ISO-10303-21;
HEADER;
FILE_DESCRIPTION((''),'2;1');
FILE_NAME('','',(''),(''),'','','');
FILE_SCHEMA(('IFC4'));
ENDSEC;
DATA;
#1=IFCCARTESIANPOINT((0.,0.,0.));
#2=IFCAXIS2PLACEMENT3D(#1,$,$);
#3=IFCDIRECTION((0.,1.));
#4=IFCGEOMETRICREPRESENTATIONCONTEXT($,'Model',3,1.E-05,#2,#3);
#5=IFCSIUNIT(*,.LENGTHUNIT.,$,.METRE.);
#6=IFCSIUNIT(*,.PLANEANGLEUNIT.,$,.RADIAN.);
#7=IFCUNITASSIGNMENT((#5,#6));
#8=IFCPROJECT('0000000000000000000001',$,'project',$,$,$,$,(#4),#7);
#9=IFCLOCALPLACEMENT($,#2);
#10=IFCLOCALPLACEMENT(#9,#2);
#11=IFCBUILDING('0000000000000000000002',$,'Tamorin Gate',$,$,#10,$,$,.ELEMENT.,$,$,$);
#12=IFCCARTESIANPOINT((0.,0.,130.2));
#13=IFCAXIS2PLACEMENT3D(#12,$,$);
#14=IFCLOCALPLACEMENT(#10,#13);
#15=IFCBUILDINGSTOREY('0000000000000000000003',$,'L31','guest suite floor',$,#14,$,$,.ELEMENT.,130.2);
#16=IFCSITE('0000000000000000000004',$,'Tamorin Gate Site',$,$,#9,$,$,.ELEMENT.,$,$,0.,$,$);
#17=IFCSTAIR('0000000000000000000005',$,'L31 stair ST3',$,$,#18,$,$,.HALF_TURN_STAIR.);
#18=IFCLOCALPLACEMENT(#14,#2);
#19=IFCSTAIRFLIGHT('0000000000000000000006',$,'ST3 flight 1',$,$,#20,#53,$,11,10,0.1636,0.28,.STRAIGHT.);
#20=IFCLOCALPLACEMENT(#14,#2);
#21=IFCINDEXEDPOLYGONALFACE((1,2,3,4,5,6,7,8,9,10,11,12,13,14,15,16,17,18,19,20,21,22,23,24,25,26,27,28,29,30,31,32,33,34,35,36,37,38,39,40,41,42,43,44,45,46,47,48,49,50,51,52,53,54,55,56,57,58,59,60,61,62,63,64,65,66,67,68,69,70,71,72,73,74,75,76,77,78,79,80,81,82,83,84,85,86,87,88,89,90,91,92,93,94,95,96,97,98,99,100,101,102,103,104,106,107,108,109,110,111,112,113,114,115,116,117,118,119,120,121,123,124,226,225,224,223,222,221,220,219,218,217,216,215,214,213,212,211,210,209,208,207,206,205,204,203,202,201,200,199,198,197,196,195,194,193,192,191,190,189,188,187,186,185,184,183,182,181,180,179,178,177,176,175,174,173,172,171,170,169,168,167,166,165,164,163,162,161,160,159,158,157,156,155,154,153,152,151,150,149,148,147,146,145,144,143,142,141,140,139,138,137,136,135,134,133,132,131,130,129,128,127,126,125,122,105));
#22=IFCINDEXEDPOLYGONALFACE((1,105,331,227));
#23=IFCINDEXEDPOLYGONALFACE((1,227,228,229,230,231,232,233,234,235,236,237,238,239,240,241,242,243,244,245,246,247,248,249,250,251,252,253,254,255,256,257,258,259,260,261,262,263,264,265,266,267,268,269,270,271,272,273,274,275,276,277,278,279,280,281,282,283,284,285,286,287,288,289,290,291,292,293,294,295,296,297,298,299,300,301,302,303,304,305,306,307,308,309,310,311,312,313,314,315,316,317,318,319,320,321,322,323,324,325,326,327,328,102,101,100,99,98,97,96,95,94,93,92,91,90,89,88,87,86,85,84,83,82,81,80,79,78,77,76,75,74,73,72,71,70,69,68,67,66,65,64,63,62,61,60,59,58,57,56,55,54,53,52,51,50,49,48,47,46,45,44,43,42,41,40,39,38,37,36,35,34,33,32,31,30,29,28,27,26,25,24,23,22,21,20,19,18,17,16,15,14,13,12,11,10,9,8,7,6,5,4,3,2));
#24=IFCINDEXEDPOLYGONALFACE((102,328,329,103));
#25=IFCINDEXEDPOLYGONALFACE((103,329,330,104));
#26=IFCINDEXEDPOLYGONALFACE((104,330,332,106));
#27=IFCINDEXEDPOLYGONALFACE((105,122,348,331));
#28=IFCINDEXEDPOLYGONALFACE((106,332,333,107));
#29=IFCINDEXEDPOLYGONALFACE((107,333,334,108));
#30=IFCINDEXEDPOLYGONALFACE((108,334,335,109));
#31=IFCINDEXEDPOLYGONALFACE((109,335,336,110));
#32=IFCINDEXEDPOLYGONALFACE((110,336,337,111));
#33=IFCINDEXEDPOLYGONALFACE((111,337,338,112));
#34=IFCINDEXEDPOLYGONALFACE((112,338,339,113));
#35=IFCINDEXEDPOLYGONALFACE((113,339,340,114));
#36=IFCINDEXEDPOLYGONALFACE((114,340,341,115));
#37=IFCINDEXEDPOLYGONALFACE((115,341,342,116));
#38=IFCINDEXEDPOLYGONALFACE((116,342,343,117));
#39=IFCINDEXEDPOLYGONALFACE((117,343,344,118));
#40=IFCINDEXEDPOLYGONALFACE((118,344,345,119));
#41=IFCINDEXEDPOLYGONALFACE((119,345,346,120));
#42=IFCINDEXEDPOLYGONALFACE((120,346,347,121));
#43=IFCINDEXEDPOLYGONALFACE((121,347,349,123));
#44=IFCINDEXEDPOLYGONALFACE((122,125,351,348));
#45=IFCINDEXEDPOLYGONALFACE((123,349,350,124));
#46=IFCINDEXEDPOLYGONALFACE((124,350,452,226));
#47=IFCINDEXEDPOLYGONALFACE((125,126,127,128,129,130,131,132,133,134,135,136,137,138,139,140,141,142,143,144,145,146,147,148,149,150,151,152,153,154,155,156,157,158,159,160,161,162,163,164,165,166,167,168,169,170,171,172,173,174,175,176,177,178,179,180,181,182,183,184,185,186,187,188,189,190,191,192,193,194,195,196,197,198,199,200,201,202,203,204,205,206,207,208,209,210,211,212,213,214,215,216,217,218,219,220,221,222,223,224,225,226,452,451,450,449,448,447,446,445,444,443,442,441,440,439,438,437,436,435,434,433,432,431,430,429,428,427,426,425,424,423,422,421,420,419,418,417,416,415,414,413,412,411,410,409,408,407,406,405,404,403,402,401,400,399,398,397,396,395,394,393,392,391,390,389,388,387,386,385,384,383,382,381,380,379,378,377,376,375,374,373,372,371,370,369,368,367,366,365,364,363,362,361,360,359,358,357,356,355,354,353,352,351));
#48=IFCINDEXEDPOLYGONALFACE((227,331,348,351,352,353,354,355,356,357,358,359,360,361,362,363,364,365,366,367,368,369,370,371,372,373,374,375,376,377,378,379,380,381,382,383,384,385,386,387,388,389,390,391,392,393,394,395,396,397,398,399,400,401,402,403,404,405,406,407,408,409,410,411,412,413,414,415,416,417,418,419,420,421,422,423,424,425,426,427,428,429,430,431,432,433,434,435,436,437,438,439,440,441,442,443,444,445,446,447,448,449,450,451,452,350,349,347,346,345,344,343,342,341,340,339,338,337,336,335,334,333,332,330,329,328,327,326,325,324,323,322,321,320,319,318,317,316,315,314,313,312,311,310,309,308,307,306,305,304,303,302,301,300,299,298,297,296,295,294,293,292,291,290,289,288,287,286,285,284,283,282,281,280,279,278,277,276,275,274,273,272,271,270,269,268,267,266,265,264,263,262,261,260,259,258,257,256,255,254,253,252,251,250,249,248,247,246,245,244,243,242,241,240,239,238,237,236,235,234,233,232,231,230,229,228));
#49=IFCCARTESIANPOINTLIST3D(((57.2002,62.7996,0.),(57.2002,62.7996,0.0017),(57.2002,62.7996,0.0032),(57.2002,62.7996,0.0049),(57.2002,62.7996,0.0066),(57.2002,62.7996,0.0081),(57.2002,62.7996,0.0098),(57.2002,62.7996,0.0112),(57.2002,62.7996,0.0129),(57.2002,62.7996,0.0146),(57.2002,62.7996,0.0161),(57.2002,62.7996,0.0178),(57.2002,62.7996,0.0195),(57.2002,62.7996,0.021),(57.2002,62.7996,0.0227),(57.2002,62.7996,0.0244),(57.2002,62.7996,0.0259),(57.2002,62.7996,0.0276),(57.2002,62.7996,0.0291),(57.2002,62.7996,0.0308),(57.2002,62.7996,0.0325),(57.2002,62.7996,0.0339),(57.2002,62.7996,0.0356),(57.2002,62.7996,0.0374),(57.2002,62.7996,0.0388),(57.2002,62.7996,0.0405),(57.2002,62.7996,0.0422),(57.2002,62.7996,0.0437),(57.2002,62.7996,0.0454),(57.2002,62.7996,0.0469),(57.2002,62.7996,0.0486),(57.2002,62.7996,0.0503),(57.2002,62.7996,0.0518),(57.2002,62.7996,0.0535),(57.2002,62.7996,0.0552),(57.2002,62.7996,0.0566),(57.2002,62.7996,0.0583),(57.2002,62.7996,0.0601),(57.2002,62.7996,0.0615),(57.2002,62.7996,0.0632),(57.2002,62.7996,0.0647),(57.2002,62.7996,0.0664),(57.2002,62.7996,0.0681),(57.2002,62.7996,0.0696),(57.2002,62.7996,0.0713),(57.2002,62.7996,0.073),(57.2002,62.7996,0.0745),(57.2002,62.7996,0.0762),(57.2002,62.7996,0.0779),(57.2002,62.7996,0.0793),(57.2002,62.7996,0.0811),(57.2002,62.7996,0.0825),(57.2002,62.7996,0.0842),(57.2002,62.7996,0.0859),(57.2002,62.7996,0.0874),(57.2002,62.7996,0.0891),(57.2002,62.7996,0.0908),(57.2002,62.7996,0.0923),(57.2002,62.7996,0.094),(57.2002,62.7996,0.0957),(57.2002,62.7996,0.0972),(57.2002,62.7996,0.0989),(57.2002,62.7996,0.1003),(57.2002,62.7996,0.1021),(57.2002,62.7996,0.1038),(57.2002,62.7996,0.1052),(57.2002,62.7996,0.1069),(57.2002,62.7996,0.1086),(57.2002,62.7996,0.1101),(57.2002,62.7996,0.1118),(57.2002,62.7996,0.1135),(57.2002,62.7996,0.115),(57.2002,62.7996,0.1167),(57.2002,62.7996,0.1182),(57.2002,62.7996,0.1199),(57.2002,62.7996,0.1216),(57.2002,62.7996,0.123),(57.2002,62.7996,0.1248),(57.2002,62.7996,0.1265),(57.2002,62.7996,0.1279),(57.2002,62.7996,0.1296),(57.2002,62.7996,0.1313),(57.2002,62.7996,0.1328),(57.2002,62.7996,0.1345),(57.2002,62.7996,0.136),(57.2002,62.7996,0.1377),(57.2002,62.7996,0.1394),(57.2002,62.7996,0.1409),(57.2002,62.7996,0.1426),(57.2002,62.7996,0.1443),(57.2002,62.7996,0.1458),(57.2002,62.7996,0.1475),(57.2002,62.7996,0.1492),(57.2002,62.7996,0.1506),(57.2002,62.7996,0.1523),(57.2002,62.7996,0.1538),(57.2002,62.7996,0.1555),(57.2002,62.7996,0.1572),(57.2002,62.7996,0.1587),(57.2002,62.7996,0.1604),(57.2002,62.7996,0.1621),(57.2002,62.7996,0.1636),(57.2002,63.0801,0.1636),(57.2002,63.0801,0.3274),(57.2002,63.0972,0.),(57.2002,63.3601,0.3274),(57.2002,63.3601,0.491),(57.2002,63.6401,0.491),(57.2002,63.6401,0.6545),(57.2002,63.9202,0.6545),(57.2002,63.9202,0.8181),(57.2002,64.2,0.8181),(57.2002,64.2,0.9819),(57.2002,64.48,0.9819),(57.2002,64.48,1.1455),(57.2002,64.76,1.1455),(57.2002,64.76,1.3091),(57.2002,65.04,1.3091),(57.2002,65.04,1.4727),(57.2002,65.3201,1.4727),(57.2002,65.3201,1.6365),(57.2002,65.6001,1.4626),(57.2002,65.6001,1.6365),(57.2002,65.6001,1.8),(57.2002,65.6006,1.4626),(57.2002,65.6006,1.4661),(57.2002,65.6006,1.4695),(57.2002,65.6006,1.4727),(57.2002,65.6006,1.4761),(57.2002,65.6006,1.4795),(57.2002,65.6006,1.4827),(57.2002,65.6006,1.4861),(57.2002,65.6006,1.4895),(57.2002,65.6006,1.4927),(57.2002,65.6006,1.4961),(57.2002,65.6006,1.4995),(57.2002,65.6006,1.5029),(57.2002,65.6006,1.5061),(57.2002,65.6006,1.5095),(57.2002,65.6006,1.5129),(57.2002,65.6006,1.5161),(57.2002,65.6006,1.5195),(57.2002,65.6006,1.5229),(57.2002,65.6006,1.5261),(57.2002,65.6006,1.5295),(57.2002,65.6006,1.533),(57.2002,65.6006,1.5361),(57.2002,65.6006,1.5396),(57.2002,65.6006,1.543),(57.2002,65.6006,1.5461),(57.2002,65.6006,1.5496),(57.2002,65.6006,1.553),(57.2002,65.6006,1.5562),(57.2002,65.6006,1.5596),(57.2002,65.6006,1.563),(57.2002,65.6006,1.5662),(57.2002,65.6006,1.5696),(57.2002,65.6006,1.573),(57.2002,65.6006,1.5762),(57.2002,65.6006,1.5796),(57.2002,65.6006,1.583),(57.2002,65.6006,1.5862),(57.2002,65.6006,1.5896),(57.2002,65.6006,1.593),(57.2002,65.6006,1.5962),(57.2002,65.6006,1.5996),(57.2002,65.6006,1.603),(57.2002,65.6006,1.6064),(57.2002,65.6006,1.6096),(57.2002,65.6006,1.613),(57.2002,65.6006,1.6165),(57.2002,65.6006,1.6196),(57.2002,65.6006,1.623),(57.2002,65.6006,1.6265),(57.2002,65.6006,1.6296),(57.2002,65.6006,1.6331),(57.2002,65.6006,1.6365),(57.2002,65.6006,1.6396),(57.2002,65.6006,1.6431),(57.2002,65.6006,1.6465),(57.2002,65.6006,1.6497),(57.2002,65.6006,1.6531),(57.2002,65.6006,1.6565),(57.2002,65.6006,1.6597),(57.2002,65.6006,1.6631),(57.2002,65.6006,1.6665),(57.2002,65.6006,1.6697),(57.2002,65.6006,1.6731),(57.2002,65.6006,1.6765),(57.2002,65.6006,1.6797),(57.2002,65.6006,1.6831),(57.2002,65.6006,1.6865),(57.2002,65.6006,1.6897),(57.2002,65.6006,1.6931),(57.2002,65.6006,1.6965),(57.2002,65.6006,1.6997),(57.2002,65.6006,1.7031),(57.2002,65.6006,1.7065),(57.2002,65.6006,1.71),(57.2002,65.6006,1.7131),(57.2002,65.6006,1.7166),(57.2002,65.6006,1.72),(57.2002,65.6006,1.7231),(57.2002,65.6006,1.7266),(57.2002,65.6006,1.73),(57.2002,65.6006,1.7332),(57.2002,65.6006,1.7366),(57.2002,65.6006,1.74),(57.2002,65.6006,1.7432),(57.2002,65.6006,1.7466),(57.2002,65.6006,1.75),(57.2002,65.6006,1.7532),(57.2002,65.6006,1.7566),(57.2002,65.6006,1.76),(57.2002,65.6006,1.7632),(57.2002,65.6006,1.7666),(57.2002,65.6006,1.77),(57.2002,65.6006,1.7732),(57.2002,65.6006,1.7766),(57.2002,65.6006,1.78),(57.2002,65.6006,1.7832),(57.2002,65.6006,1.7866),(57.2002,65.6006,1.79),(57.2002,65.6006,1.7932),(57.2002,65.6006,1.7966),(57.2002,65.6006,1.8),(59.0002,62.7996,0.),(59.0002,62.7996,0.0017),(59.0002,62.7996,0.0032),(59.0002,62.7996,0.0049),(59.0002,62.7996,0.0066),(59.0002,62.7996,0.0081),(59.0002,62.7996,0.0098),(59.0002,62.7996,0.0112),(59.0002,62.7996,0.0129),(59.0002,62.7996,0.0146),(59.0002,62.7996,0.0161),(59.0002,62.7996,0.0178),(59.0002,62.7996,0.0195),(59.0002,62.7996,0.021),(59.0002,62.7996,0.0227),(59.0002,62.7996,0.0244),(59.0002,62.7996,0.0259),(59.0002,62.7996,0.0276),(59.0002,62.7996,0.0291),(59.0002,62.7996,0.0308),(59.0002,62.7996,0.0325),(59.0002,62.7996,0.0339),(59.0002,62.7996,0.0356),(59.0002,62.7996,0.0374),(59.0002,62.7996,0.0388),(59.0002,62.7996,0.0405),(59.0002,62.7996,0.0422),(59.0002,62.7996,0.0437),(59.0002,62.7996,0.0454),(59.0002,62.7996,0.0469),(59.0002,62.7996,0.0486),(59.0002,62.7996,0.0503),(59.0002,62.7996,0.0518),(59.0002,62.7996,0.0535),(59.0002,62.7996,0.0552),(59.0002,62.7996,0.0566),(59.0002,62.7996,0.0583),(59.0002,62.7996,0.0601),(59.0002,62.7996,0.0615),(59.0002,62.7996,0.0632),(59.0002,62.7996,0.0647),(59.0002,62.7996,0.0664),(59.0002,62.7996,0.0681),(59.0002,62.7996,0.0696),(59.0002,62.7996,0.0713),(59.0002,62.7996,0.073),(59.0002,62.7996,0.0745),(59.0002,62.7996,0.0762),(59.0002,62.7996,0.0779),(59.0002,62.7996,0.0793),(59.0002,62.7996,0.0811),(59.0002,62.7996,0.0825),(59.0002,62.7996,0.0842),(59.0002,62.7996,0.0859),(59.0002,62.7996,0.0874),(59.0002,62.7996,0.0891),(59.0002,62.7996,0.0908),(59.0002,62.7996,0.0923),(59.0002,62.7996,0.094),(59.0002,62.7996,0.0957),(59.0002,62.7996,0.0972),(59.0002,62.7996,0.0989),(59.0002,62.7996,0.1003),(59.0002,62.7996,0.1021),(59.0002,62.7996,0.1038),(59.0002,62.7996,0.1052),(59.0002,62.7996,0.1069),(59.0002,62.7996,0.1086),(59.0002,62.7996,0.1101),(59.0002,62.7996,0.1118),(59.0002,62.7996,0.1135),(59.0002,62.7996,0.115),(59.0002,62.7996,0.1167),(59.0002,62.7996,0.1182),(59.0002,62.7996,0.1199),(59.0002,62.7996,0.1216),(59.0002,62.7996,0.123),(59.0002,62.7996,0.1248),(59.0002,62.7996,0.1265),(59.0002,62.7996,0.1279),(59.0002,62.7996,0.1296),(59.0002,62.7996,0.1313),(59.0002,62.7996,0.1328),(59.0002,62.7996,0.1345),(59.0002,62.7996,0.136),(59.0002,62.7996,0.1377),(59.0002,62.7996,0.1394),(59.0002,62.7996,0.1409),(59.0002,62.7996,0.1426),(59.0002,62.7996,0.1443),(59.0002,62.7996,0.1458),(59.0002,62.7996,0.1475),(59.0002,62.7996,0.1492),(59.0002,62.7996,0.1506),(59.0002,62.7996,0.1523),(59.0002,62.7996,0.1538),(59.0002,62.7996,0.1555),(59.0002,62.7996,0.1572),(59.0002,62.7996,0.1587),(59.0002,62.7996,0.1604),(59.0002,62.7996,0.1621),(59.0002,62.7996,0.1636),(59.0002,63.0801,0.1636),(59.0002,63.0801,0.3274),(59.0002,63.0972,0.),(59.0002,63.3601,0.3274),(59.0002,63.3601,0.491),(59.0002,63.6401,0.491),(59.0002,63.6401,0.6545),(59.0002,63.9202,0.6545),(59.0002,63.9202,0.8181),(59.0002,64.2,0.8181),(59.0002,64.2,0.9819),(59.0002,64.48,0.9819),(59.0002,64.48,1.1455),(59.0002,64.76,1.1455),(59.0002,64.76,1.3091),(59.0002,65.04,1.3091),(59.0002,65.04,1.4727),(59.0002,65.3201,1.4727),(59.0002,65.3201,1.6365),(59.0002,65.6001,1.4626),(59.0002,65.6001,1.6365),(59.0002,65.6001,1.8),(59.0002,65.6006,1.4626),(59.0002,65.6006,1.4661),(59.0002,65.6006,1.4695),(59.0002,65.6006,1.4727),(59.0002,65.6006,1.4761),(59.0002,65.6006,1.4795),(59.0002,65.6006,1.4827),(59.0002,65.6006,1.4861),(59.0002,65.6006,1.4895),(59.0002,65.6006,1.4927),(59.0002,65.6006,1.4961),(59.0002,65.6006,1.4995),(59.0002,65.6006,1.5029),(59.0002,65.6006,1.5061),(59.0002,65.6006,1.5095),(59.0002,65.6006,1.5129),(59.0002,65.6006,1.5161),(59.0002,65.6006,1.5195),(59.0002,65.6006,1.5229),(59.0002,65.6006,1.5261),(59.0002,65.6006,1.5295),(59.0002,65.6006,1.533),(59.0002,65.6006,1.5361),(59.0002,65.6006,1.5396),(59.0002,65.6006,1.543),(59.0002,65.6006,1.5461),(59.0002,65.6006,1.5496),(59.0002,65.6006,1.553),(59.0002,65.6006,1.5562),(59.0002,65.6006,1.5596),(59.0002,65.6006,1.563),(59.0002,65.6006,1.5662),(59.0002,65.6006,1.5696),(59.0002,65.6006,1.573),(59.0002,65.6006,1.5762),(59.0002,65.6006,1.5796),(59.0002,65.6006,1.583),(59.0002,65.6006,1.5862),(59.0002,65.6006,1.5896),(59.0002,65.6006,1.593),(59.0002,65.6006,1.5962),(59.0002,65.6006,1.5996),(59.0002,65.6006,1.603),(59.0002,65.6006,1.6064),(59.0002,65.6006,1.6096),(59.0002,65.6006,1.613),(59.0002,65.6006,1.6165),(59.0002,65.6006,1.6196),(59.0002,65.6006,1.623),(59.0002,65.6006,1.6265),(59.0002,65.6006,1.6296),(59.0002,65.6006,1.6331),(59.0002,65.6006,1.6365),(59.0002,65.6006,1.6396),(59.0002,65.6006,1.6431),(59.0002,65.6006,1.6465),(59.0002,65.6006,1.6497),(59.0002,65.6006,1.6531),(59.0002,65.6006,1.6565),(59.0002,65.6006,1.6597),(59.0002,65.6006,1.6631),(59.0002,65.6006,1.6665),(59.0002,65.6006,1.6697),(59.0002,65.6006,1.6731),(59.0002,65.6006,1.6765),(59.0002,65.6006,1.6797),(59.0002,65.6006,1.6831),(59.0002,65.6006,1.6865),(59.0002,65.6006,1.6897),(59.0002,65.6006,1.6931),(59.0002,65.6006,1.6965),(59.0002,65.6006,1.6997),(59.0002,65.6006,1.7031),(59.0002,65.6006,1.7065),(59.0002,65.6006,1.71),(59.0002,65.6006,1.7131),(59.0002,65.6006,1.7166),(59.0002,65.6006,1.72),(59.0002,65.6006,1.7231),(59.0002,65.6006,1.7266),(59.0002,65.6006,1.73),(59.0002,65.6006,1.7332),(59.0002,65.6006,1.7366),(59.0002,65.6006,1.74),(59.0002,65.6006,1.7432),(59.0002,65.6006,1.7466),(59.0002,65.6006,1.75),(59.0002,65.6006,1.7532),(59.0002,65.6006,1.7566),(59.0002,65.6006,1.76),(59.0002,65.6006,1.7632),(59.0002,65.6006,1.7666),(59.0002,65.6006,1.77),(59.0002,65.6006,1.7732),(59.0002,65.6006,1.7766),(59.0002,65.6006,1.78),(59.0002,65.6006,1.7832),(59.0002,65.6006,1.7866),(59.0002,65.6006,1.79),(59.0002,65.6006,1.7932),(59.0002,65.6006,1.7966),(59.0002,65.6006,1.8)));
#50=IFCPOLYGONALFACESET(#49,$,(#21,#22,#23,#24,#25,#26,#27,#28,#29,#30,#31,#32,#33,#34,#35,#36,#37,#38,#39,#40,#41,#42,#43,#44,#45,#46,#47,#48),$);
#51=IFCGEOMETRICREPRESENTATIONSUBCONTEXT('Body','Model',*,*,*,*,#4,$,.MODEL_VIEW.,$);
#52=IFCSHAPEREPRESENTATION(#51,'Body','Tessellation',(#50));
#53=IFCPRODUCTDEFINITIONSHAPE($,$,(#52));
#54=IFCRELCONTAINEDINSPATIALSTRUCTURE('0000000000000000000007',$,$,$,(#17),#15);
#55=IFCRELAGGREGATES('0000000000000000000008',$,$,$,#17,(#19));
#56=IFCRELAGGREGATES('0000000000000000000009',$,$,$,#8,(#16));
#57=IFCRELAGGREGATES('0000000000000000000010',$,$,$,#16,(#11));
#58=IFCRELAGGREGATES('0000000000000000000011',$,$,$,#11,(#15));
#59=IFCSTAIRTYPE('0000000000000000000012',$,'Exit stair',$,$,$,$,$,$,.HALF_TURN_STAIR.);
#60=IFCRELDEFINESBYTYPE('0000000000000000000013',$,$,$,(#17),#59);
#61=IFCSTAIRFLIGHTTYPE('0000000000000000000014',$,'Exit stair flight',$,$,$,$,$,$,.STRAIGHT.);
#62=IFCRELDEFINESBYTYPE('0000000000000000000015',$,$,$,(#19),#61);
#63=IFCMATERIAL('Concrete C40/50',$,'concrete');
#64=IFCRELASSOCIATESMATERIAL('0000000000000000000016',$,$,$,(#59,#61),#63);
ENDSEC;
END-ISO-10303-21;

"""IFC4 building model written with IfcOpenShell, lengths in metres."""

from ifc_helpers import new_model, si_unit, direction, frame, origin, place, context, subcontext, project, spatial, polyline, outline, extrude, material, type_object, element, aggregate, save


model = new_model("IFC4")

# Units and contexts
model_context = context("Model", 3, precision=1e-05, world=origin(), true_north=direction((0.0, 1.0)))
body_context = subcontext(model_context, "Body", "Model", "MODEL_VIEW")
ifc_project = project(units=[si_unit("LENGTHUNIT", "METRE"), si_unit("PLANEANGLEUNIT", "RADIAN")], contexts=[model_context])

# Site, building, storey
site_placement = place(None, origin())
site = spatial("IfcSite", under=ifc_project, at=site_placement, Name="Tamorin Gate Site", CompositionType="ELEMENT", RefElevation=0.0)
building_placement = place(site_placement, origin())
building = spatial("IfcBuilding", under=site, at=building_placement, Name="Tamorin Gate", CompositionType="ELEMENT")
storey_placement = place(building_placement, frame((0.0, 0.0, 130.2)))
storey = spatial("IfcBuildingStorey", under=building, at=storey_placement, Name="L31", Description="guest suite floor", CompositionType="ELEMENT", Elevation=130.2)

# Stair, stair flight
ifc_material_1 = material(Name="Concrete C40/50", Category="concrete")
stair_type = type_object("IfcStairType", Name="Exit stair", PredefinedType="HALF_TURN_STAIR", material=ifc_material_1)
stair_placement = place(storey_placement, origin())
stair = element("IfcStair", 1, at=stair_placement, inside=storey, type_object=stair_type, Name="L31 stair ST3", PredefinedType="HALF_TURN_STAIR")
stair_flight_type = type_object("IfcStairFlightType", Name="Exit stair flight", PredefinedType="STRAIGHT", material=ifc_material_1)
stair_flight_placement = place(storey_placement, frame((58.1001, 62.8, 0.0), z_axis=(0.0, 0.0, 1.0), x_axis=(0.0, 1.0, 0.0)))
stair_flight = element("IfcStairFlight", 2, at=stair_flight_placement, type_object=stair_flight_type, Name="ST3 flight 1", NumberOfRisers=11, NumberOfTreads=10, PredefinedType="STRAIGHT", RiserHeight=0.1636, TreadLength=0.28, context=body_context, shape_type="SweptSolid", body=[
    extrude(outline(polyline([(-0.0005, 0.0), (-0.0005, 0.0017), (-0.0005, 0.0032), (-0.0005, 0.0049), (-0.0005, 0.0066), (-0.0005, 0.0081), (-0.0005, 0.0098), (-0.0005, 0.0112), (-0.0005, 0.0129), (-0.0005, 0.0146), (-0.0005, 0.0161), (-0.0005, 0.0178), (-0.0005, 0.0195), (-0.0005, 0.021), (-0.0005, 0.0227), (-0.0005, 0.0244), (-0.0005, 0.0259), (-0.0005, 0.0276), (-0.0005, 0.0291), (-0.0005, 0.0308), (-0.0005, 0.0325), (-0.0005, 0.0339), (-0.0005, 0.0356), (-0.0005, 0.0374), (-0.0005, 0.0388), (-0.0005, 0.0405), (-0.0005, 0.0422), (-0.0005, 0.0437), (-0.0005, 0.0454), (-0.0005, 0.0469), (-0.0005, 0.0486), (-0.0005, 0.0503), (-0.0005, 0.0518), (-0.0005, 0.0535), (-0.0005, 0.0552), (-0.0005, 0.0566), (-0.0005, 0.0583), (-0.0005, 0.0601), (-0.0005, 0.0615), (-0.0005, 0.0632), (-0.0005, 0.0647), (-0.0005, 0.0664), (-0.0005, 0.0681), (-0.0005, 0.0696), (-0.0005, 0.0713), (-0.0005, 0.073), (-0.0005, 0.0745), (-0.0005, 0.0762), (-0.0005, 0.0779), (-0.0005, 0.0793), (-0.0005, 0.0811), (-0.0005, 0.0825), (-0.0005, 0.0842), (-0.0005, 0.0859), (-0.0005, 0.0874), (-0.0005, 0.0891), (-0.0005, 0.0908), (-0.0005, 0.0923), (-0.0005, 0.094), (-0.0005, 0.0957), (-0.0005, 0.0972), (-0.0005, 0.0989), (-0.0005, 0.1003), (-0.0005, 0.1021), (-0.0005, 0.1038), (-0.0005, 0.1052), (-0.0005, 0.1069), (-0.0005, 0.1086), (-0.0005, 0.1101), (-0.0005, 0.1118), (-0.0005, 0.1135), (-0.0005, 0.115), (-0.0005, 0.1167), (-0.0005, 0.1182), (-0.0005, 0.1199), (-0.0005, 0.1216), (-0.0005, 0.123), (-0.0005, 0.1248), (-0.0005, 0.1265), (-0.0005, 0.1279), (-0.0005, 0.1296), (-0.0005, 0.1313), (-0.0005, 0.1328), (-0.0005, 0.1345), (-0.0005, 0.136), (-0.0005, 0.1377), (-0.0005, 0.1394), (-0.0005, 0.1409), (-0.0005, 0.1426), (-0.0005, 0.1443), (-0.0005, 0.1458), (-0.0005, 0.1475), (-0.0005, 0.1492), (-0.0005, 0.1506), (-0.0005, 0.1523), (-0.0005, 0.1538), (-0.0005, 0.1555), (-0.0005, 0.1572), (-0.0005, 0.1587), (-0.0005, 0.1604), (-0.0005, 0.1621), (-0.0005, 0.1636), (0.28, 0.1636), (0.28, 0.3274), (0.5601, 0.3274), (0.5601, 0.491), (0.8401, 0.491), (0.8401, 0.6545), (1.1201, 0.6545), (1.1201, 0.8181), (1.3999, 0.8181), (1.3999, 0.9819), (1.6799, 0.9819), (1.6799, 1.1455), (1.96, 1.1455), (1.96, 1.3091), (2.24, 1.3091), (2.24, 1.4727), (2.52, 1.4727), (2.52, 1.6365), (2.8, 1.6365), (2.8, 1.8), (2.8005, 1.8), (2.8005, 1.7966), (2.8005, 1.7932), (2.8005, 1.79), (2.8005, 1.7866), (2.8005, 1.7832), (2.8005, 1.78), (2.8005, 1.7766), (2.8005, 1.7732), (2.8005, 1.77), (2.8005, 1.7666), (2.8005, 1.7632), (2.8005, 1.76), (2.8005, 1.7566), (2.8005, 1.7532), (2.8005, 1.75), (2.8005, 1.7466), (2.8005, 1.7432), (2.8005, 1.74), (2.8005, 1.7366), (2.8005, 1.7332), (2.8005, 1.73), (2.8005, 1.7266), (2.8005, 1.7231), (2.8005, 1.72), (2.8005, 1.7166), (2.8005, 1.7131), (2.8005, 1.71), (2.8005, 1.7065), (2.8005, 1.7031), (2.8005, 1.6997), (2.8005, 1.6965), (2.8005, 1.6931), (2.8005, 1.6897), (2.8005, 1.6865), (2.8005, 1.6831), (2.8005, 1.6797), (2.8005, 1.6765), (2.8005, 1.6731), (2.8005, 1.6697), (2.8005, 1.6665), (2.8005, 1.6631), (2.8005, 1.6597), (2.8005, 1.6565), (2.8005, 1.6531), (2.8005, 1.6497), (2.8005, 1.6465), (2.8005, 1.6431), (2.8005, 1.6396), (2.8005, 1.6365), (2.8005, 1.6331), (2.8005, 1.6296), (2.8005, 1.6265), (2.8005, 1.623), (2.8005, 1.6196), (2.8005, 1.6165), (2.8005, 1.613), (2.8005, 1.6096), (2.8005, 1.6064), (2.8005, 1.603), (2.8005, 1.5996), (2.8005, 1.5962), (2.8005, 1.593), (2.8005, 1.5896), (2.8005, 1.5862), (2.8005, 1.583), (2.8005, 1.5796), (2.8005, 1.5762), (2.8005, 1.573), (2.8005, 1.5696), (2.8005, 1.5662), (2.8005, 1.563), (2.8005, 1.5596), (2.8005, 1.5562), (2.8005, 1.553), (2.8005, 1.5496), (2.8005, 1.5461), (2.8005, 1.543), (2.8005, 1.5396), (2.8005, 1.5361), (2.8005, 1.533), (2.8005, 1.5295), (2.8005, 1.5261), (2.8005, 1.5229), (2.8005, 1.5195), (2.8005, 1.5161), (2.8005, 1.5129), (2.8005, 1.5095), (2.8005, 1.5061), (2.8005, 1.5029), (2.8005, 1.4995), (2.8005, 1.4961), (2.8005, 1.4927), (2.8005, 1.4895), (2.8005, 1.4861), (2.8005, 1.4827), (2.8005, 1.4795), (2.8005, 1.4761), (2.8005, 1.4727), (2.8005, 1.4695), (2.8005, 1.4661), (2.8005, 1.4626), (2.8, 1.4626), (0.2971, 0.0), (-0.0005, 0.0)])), frame((0.0, 0.8999, 0.0), z_axis=(0.0, -1.0, 0.0), x_axis=(1.0, 0.0, 0.0)), (0.0, 0.0, 1.0), 1.8),
])
aggregate(stair, [stair_flight])

save(model, "model.ifc")
